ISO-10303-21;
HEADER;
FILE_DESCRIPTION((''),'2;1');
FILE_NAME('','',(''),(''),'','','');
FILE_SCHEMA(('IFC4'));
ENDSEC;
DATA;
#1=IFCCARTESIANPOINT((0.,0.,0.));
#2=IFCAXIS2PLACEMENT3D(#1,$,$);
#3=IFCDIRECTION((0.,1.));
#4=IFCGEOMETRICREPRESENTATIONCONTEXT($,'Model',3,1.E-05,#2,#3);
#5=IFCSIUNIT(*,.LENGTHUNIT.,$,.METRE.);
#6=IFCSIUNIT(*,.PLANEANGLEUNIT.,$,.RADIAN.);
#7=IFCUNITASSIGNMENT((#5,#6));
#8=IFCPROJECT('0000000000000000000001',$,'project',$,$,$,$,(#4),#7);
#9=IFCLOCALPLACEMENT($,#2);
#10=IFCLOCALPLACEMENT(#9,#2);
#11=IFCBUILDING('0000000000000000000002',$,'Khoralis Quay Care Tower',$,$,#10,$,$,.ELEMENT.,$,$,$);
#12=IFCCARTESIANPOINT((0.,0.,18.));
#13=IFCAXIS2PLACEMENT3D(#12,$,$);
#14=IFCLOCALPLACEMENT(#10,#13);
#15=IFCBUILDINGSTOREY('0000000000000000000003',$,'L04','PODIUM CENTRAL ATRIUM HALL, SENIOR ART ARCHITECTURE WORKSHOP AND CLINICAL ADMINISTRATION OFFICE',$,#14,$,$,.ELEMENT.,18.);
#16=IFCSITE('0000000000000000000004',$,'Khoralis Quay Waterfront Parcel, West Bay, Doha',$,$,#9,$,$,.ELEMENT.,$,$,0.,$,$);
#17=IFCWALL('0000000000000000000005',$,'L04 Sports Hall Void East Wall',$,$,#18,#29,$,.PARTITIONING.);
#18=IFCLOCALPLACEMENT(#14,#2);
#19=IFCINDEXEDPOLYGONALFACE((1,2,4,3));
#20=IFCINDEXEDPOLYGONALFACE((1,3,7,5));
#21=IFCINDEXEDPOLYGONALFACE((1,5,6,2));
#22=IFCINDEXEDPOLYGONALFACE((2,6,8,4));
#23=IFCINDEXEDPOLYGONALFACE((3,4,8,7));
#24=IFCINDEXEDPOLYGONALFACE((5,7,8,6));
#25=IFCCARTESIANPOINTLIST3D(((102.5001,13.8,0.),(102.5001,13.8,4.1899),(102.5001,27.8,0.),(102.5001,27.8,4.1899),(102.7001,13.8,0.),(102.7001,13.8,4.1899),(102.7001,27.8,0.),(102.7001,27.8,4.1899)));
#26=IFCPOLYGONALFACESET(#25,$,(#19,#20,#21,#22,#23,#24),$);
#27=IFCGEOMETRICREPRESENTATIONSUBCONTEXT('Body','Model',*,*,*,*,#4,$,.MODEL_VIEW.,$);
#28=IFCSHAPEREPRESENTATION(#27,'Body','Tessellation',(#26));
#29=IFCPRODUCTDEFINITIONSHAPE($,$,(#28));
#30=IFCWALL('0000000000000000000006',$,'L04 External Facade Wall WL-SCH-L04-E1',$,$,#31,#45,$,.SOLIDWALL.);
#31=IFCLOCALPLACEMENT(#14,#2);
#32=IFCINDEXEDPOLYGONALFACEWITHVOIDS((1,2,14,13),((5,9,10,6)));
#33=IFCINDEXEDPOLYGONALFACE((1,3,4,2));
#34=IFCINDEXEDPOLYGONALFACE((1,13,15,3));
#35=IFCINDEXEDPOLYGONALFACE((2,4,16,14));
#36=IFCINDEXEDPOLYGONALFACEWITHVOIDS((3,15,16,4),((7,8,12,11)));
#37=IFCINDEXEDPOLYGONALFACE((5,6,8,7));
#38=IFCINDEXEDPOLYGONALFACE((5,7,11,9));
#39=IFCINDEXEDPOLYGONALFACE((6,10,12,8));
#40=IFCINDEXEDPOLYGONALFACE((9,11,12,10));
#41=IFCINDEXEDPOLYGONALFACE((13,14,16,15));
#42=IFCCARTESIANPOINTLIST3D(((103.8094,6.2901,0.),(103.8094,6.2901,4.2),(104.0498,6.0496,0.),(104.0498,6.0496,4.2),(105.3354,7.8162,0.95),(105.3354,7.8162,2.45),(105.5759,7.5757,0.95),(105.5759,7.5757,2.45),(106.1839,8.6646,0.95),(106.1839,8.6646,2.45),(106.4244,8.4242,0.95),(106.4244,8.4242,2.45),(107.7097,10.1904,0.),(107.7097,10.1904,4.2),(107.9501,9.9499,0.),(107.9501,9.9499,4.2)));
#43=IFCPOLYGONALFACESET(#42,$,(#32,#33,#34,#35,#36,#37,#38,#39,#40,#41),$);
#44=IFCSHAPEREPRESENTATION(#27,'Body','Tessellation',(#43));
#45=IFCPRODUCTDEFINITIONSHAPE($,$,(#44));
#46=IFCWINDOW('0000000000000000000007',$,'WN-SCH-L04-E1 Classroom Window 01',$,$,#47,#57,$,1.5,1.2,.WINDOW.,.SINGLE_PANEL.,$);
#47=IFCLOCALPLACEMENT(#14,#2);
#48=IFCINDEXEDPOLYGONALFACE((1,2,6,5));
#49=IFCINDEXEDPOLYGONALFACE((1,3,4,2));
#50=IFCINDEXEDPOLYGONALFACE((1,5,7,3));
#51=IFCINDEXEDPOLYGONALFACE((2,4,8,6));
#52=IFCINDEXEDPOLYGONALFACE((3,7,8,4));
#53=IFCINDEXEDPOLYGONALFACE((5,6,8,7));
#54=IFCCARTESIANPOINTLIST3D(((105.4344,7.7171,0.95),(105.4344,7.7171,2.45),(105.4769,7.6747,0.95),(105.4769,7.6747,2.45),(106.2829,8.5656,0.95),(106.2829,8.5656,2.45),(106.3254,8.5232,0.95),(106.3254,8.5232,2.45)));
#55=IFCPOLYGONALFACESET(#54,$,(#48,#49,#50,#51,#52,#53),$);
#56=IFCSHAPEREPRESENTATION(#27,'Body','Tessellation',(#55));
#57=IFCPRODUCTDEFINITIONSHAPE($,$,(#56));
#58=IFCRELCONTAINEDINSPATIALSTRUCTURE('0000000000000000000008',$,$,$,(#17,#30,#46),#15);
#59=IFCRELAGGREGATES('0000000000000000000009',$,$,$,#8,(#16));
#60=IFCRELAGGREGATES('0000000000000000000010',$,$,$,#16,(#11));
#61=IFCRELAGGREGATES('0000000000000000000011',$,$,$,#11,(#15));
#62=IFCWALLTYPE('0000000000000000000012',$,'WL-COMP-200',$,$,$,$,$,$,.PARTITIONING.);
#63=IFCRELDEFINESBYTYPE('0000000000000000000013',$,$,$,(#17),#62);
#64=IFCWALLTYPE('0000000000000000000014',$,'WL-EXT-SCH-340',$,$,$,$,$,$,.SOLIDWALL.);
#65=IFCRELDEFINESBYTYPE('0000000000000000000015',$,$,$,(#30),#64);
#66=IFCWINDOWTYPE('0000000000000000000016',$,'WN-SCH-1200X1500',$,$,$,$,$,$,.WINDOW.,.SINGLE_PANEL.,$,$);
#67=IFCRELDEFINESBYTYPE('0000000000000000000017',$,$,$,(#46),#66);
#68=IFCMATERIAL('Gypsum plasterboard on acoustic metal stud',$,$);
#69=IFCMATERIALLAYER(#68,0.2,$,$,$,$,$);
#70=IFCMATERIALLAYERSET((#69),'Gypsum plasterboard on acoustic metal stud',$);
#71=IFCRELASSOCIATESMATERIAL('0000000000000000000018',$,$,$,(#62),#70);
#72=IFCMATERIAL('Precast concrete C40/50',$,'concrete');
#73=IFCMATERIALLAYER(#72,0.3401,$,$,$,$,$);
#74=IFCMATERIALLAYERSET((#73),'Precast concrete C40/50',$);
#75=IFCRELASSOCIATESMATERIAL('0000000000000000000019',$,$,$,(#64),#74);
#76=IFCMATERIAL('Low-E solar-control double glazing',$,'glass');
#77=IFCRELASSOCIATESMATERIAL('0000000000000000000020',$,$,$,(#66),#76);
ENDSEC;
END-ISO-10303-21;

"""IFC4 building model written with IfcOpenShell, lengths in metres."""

from ifc_helpers import new_model, si_unit, direction, frame, frame_2d, origin, place, context, subcontext, project, spatial, rectangle, extrude, source, transform, mapped, material, layer, layer_set, type_object, element, fill, save


model = new_model("IFC4")

# Units and contexts
model_context = context("Model", 3, precision=1e-05, world=origin(), true_north=direction((0.0, 1.0)))
body_context = subcontext(model_context, "Body", "Model", "MODEL_VIEW")
ifc_project = project(units=[si_unit("LENGTHUNIT", "METRE"), si_unit("PLANEANGLEUNIT", "RADIAN")], contexts=[model_context])

# Site, building, storey
site_placement = place(None, origin())
site = spatial("IfcSite", under=ifc_project, at=site_placement, Name="Khoralis Quay Waterfront Parcel, West Bay, Doha", CompositionType="ELEMENT", RefElevation=0.0)
building_placement = place(site_placement, origin())
building = spatial("IfcBuilding", under=site, at=building_placement, Name="Khoralis Quay Care Tower", CompositionType="ELEMENT")
storey_placement = place(building_placement, frame((0.0, 0.0, 18.0)))
storey = spatial("IfcBuildingStorey", under=building, at=storey_placement, Name="L04", Description="PODIUM CENTRAL ATRIUM HALL, SENIOR ART ARCHITECTURE WORKSHOP AND CLINICAL ADMINISTRATION OFFICE", CompositionType="ELEMENT", Elevation=18.0)

# Wall
ifc_material_1 = material(Name="Gypsum plasterboard on acoustic metal stud")
ifc_layer_1 = layer(ifc_material_1, 0.2)
ifc_layer_set_1 = layer_set([ifc_layer_1], Name="Gypsum plasterboard on acoustic metal stud")
wall_type_1 = type_object("IfcWallType", Name="WL-COMP-200", PredefinedType="PARTITIONING", material=ifc_layer_set_1)
wall_1_placement = place(storey_placement, frame((102.6001, 13.8, 0.0), z_axis=(0.0, 0.0, 1.0), x_axis=(0.0, 1.0, 0.0)))
element("IfcWall", 1, at=wall_1_placement, inside=storey, type_object=wall_type_1, Name="L04 Sports Hall Void East Wall", PredefinedType="PARTITIONING", context=body_context, shape_type="SweptSolid", body=[
    extrude(rectangle(XDim=14.0, YDim=0.2, at=frame_2d((7.0, 0.0))), origin(), (0.0, 0.0, 1.0), 4.1899),
])

# Wall, opening, window
ifc_material_2 = material(Name="Precast concrete C40/50", Category="concrete")
ifc_layer_2 = layer(ifc_material_2, 0.3401)
ifc_layer_set_2 = layer_set([ifc_layer_2], Name="Precast concrete C40/50")
wall_type_2 = type_object("IfcWallType", Name="WL-EXT-SCH-340", PredefinedType="SOLIDWALL", material=ifc_layer_set_2)
wall_2_placement = place(storey_placement, frame((103.9297, 6.1699, 0.0), z_axis=(0.0, 0.0, 1.0), x_axis=(0.707107, 0.707107, 0.0)))
wall_2 = element("IfcWall", 2, at=wall_2_placement, inside=storey, type_object=wall_type_2, Name="L04 External Facade Wall WL-SCH-L04-E1", PredefinedType="SOLIDWALL", context=body_context, shape_type="SweptSolid", body=[
    extrude(rectangle(XDim=5.5159, YDim=0.3401, at=frame_2d((2.7578, 0.0))), origin(), (0.0, 0.0, 1.0), 4.2),
])
opening_1_placement = place(wall_2_placement, frame((2.158, 0.0, 0.95)))
opening_1 = element("IfcOpeningElement", 3, at=opening_1_placement, cuts=wall_2, PredefinedType="OPENING", context=body_context, shape_type="SweptSolid", body=[
    extrude(rectangle(XDim=1.2, YDim=1.5, at=frame_2d((0.6001, 0.75))), frame((0.0, 0.1802, 0.0), z_axis=(0.0, -1.0, 0.0), x_axis=(1.0, 0.0, 0.0)), (0.0, 0.0, 1.0), 0.3601),
])
ifc_material_3 = material(Name="Low-E solar-control double glazing", Category="glass")
window_type = type_object("IfcWindowType", Name="WN-SCH-1200X1500", PartitioningType="SINGLE_PANEL", PredefinedType="WINDOW", material=ifc_material_3)
shared_shape_1 = source(origin(), body_context, "Body", "SweptSolid", [
    extrude(rectangle(XDim=1.2, YDim=1.5, at=frame_2d((0.6001, 0.75))), frame((0.0, 0.03, 0.0), z_axis=(0.0, -1.0, 0.0), x_axis=(1.0, 0.0, 0.0)), (0.0, 0.0, 1.0), 0.0601),
])
window_1_placement = place(opening_1_placement, origin())
window_1 = element("IfcWindow", 4, at=window_1_placement, inside=storey, type_object=window_type, Name="WN-SCH-L04-E1 Classroom Window 01", OverallHeight=1.5, OverallWidth=1.2, PartitioningType="SINGLE_PANEL", PredefinedType="WINDOW", context=body_context, shape_type="MappedRepresentation", body=[
    mapped(shared_shape_1, transform((0.0, 0.0, 0.0), scale=1.0)),
])
fill(opening_1, window_1)

save(model, "model.ifc")
